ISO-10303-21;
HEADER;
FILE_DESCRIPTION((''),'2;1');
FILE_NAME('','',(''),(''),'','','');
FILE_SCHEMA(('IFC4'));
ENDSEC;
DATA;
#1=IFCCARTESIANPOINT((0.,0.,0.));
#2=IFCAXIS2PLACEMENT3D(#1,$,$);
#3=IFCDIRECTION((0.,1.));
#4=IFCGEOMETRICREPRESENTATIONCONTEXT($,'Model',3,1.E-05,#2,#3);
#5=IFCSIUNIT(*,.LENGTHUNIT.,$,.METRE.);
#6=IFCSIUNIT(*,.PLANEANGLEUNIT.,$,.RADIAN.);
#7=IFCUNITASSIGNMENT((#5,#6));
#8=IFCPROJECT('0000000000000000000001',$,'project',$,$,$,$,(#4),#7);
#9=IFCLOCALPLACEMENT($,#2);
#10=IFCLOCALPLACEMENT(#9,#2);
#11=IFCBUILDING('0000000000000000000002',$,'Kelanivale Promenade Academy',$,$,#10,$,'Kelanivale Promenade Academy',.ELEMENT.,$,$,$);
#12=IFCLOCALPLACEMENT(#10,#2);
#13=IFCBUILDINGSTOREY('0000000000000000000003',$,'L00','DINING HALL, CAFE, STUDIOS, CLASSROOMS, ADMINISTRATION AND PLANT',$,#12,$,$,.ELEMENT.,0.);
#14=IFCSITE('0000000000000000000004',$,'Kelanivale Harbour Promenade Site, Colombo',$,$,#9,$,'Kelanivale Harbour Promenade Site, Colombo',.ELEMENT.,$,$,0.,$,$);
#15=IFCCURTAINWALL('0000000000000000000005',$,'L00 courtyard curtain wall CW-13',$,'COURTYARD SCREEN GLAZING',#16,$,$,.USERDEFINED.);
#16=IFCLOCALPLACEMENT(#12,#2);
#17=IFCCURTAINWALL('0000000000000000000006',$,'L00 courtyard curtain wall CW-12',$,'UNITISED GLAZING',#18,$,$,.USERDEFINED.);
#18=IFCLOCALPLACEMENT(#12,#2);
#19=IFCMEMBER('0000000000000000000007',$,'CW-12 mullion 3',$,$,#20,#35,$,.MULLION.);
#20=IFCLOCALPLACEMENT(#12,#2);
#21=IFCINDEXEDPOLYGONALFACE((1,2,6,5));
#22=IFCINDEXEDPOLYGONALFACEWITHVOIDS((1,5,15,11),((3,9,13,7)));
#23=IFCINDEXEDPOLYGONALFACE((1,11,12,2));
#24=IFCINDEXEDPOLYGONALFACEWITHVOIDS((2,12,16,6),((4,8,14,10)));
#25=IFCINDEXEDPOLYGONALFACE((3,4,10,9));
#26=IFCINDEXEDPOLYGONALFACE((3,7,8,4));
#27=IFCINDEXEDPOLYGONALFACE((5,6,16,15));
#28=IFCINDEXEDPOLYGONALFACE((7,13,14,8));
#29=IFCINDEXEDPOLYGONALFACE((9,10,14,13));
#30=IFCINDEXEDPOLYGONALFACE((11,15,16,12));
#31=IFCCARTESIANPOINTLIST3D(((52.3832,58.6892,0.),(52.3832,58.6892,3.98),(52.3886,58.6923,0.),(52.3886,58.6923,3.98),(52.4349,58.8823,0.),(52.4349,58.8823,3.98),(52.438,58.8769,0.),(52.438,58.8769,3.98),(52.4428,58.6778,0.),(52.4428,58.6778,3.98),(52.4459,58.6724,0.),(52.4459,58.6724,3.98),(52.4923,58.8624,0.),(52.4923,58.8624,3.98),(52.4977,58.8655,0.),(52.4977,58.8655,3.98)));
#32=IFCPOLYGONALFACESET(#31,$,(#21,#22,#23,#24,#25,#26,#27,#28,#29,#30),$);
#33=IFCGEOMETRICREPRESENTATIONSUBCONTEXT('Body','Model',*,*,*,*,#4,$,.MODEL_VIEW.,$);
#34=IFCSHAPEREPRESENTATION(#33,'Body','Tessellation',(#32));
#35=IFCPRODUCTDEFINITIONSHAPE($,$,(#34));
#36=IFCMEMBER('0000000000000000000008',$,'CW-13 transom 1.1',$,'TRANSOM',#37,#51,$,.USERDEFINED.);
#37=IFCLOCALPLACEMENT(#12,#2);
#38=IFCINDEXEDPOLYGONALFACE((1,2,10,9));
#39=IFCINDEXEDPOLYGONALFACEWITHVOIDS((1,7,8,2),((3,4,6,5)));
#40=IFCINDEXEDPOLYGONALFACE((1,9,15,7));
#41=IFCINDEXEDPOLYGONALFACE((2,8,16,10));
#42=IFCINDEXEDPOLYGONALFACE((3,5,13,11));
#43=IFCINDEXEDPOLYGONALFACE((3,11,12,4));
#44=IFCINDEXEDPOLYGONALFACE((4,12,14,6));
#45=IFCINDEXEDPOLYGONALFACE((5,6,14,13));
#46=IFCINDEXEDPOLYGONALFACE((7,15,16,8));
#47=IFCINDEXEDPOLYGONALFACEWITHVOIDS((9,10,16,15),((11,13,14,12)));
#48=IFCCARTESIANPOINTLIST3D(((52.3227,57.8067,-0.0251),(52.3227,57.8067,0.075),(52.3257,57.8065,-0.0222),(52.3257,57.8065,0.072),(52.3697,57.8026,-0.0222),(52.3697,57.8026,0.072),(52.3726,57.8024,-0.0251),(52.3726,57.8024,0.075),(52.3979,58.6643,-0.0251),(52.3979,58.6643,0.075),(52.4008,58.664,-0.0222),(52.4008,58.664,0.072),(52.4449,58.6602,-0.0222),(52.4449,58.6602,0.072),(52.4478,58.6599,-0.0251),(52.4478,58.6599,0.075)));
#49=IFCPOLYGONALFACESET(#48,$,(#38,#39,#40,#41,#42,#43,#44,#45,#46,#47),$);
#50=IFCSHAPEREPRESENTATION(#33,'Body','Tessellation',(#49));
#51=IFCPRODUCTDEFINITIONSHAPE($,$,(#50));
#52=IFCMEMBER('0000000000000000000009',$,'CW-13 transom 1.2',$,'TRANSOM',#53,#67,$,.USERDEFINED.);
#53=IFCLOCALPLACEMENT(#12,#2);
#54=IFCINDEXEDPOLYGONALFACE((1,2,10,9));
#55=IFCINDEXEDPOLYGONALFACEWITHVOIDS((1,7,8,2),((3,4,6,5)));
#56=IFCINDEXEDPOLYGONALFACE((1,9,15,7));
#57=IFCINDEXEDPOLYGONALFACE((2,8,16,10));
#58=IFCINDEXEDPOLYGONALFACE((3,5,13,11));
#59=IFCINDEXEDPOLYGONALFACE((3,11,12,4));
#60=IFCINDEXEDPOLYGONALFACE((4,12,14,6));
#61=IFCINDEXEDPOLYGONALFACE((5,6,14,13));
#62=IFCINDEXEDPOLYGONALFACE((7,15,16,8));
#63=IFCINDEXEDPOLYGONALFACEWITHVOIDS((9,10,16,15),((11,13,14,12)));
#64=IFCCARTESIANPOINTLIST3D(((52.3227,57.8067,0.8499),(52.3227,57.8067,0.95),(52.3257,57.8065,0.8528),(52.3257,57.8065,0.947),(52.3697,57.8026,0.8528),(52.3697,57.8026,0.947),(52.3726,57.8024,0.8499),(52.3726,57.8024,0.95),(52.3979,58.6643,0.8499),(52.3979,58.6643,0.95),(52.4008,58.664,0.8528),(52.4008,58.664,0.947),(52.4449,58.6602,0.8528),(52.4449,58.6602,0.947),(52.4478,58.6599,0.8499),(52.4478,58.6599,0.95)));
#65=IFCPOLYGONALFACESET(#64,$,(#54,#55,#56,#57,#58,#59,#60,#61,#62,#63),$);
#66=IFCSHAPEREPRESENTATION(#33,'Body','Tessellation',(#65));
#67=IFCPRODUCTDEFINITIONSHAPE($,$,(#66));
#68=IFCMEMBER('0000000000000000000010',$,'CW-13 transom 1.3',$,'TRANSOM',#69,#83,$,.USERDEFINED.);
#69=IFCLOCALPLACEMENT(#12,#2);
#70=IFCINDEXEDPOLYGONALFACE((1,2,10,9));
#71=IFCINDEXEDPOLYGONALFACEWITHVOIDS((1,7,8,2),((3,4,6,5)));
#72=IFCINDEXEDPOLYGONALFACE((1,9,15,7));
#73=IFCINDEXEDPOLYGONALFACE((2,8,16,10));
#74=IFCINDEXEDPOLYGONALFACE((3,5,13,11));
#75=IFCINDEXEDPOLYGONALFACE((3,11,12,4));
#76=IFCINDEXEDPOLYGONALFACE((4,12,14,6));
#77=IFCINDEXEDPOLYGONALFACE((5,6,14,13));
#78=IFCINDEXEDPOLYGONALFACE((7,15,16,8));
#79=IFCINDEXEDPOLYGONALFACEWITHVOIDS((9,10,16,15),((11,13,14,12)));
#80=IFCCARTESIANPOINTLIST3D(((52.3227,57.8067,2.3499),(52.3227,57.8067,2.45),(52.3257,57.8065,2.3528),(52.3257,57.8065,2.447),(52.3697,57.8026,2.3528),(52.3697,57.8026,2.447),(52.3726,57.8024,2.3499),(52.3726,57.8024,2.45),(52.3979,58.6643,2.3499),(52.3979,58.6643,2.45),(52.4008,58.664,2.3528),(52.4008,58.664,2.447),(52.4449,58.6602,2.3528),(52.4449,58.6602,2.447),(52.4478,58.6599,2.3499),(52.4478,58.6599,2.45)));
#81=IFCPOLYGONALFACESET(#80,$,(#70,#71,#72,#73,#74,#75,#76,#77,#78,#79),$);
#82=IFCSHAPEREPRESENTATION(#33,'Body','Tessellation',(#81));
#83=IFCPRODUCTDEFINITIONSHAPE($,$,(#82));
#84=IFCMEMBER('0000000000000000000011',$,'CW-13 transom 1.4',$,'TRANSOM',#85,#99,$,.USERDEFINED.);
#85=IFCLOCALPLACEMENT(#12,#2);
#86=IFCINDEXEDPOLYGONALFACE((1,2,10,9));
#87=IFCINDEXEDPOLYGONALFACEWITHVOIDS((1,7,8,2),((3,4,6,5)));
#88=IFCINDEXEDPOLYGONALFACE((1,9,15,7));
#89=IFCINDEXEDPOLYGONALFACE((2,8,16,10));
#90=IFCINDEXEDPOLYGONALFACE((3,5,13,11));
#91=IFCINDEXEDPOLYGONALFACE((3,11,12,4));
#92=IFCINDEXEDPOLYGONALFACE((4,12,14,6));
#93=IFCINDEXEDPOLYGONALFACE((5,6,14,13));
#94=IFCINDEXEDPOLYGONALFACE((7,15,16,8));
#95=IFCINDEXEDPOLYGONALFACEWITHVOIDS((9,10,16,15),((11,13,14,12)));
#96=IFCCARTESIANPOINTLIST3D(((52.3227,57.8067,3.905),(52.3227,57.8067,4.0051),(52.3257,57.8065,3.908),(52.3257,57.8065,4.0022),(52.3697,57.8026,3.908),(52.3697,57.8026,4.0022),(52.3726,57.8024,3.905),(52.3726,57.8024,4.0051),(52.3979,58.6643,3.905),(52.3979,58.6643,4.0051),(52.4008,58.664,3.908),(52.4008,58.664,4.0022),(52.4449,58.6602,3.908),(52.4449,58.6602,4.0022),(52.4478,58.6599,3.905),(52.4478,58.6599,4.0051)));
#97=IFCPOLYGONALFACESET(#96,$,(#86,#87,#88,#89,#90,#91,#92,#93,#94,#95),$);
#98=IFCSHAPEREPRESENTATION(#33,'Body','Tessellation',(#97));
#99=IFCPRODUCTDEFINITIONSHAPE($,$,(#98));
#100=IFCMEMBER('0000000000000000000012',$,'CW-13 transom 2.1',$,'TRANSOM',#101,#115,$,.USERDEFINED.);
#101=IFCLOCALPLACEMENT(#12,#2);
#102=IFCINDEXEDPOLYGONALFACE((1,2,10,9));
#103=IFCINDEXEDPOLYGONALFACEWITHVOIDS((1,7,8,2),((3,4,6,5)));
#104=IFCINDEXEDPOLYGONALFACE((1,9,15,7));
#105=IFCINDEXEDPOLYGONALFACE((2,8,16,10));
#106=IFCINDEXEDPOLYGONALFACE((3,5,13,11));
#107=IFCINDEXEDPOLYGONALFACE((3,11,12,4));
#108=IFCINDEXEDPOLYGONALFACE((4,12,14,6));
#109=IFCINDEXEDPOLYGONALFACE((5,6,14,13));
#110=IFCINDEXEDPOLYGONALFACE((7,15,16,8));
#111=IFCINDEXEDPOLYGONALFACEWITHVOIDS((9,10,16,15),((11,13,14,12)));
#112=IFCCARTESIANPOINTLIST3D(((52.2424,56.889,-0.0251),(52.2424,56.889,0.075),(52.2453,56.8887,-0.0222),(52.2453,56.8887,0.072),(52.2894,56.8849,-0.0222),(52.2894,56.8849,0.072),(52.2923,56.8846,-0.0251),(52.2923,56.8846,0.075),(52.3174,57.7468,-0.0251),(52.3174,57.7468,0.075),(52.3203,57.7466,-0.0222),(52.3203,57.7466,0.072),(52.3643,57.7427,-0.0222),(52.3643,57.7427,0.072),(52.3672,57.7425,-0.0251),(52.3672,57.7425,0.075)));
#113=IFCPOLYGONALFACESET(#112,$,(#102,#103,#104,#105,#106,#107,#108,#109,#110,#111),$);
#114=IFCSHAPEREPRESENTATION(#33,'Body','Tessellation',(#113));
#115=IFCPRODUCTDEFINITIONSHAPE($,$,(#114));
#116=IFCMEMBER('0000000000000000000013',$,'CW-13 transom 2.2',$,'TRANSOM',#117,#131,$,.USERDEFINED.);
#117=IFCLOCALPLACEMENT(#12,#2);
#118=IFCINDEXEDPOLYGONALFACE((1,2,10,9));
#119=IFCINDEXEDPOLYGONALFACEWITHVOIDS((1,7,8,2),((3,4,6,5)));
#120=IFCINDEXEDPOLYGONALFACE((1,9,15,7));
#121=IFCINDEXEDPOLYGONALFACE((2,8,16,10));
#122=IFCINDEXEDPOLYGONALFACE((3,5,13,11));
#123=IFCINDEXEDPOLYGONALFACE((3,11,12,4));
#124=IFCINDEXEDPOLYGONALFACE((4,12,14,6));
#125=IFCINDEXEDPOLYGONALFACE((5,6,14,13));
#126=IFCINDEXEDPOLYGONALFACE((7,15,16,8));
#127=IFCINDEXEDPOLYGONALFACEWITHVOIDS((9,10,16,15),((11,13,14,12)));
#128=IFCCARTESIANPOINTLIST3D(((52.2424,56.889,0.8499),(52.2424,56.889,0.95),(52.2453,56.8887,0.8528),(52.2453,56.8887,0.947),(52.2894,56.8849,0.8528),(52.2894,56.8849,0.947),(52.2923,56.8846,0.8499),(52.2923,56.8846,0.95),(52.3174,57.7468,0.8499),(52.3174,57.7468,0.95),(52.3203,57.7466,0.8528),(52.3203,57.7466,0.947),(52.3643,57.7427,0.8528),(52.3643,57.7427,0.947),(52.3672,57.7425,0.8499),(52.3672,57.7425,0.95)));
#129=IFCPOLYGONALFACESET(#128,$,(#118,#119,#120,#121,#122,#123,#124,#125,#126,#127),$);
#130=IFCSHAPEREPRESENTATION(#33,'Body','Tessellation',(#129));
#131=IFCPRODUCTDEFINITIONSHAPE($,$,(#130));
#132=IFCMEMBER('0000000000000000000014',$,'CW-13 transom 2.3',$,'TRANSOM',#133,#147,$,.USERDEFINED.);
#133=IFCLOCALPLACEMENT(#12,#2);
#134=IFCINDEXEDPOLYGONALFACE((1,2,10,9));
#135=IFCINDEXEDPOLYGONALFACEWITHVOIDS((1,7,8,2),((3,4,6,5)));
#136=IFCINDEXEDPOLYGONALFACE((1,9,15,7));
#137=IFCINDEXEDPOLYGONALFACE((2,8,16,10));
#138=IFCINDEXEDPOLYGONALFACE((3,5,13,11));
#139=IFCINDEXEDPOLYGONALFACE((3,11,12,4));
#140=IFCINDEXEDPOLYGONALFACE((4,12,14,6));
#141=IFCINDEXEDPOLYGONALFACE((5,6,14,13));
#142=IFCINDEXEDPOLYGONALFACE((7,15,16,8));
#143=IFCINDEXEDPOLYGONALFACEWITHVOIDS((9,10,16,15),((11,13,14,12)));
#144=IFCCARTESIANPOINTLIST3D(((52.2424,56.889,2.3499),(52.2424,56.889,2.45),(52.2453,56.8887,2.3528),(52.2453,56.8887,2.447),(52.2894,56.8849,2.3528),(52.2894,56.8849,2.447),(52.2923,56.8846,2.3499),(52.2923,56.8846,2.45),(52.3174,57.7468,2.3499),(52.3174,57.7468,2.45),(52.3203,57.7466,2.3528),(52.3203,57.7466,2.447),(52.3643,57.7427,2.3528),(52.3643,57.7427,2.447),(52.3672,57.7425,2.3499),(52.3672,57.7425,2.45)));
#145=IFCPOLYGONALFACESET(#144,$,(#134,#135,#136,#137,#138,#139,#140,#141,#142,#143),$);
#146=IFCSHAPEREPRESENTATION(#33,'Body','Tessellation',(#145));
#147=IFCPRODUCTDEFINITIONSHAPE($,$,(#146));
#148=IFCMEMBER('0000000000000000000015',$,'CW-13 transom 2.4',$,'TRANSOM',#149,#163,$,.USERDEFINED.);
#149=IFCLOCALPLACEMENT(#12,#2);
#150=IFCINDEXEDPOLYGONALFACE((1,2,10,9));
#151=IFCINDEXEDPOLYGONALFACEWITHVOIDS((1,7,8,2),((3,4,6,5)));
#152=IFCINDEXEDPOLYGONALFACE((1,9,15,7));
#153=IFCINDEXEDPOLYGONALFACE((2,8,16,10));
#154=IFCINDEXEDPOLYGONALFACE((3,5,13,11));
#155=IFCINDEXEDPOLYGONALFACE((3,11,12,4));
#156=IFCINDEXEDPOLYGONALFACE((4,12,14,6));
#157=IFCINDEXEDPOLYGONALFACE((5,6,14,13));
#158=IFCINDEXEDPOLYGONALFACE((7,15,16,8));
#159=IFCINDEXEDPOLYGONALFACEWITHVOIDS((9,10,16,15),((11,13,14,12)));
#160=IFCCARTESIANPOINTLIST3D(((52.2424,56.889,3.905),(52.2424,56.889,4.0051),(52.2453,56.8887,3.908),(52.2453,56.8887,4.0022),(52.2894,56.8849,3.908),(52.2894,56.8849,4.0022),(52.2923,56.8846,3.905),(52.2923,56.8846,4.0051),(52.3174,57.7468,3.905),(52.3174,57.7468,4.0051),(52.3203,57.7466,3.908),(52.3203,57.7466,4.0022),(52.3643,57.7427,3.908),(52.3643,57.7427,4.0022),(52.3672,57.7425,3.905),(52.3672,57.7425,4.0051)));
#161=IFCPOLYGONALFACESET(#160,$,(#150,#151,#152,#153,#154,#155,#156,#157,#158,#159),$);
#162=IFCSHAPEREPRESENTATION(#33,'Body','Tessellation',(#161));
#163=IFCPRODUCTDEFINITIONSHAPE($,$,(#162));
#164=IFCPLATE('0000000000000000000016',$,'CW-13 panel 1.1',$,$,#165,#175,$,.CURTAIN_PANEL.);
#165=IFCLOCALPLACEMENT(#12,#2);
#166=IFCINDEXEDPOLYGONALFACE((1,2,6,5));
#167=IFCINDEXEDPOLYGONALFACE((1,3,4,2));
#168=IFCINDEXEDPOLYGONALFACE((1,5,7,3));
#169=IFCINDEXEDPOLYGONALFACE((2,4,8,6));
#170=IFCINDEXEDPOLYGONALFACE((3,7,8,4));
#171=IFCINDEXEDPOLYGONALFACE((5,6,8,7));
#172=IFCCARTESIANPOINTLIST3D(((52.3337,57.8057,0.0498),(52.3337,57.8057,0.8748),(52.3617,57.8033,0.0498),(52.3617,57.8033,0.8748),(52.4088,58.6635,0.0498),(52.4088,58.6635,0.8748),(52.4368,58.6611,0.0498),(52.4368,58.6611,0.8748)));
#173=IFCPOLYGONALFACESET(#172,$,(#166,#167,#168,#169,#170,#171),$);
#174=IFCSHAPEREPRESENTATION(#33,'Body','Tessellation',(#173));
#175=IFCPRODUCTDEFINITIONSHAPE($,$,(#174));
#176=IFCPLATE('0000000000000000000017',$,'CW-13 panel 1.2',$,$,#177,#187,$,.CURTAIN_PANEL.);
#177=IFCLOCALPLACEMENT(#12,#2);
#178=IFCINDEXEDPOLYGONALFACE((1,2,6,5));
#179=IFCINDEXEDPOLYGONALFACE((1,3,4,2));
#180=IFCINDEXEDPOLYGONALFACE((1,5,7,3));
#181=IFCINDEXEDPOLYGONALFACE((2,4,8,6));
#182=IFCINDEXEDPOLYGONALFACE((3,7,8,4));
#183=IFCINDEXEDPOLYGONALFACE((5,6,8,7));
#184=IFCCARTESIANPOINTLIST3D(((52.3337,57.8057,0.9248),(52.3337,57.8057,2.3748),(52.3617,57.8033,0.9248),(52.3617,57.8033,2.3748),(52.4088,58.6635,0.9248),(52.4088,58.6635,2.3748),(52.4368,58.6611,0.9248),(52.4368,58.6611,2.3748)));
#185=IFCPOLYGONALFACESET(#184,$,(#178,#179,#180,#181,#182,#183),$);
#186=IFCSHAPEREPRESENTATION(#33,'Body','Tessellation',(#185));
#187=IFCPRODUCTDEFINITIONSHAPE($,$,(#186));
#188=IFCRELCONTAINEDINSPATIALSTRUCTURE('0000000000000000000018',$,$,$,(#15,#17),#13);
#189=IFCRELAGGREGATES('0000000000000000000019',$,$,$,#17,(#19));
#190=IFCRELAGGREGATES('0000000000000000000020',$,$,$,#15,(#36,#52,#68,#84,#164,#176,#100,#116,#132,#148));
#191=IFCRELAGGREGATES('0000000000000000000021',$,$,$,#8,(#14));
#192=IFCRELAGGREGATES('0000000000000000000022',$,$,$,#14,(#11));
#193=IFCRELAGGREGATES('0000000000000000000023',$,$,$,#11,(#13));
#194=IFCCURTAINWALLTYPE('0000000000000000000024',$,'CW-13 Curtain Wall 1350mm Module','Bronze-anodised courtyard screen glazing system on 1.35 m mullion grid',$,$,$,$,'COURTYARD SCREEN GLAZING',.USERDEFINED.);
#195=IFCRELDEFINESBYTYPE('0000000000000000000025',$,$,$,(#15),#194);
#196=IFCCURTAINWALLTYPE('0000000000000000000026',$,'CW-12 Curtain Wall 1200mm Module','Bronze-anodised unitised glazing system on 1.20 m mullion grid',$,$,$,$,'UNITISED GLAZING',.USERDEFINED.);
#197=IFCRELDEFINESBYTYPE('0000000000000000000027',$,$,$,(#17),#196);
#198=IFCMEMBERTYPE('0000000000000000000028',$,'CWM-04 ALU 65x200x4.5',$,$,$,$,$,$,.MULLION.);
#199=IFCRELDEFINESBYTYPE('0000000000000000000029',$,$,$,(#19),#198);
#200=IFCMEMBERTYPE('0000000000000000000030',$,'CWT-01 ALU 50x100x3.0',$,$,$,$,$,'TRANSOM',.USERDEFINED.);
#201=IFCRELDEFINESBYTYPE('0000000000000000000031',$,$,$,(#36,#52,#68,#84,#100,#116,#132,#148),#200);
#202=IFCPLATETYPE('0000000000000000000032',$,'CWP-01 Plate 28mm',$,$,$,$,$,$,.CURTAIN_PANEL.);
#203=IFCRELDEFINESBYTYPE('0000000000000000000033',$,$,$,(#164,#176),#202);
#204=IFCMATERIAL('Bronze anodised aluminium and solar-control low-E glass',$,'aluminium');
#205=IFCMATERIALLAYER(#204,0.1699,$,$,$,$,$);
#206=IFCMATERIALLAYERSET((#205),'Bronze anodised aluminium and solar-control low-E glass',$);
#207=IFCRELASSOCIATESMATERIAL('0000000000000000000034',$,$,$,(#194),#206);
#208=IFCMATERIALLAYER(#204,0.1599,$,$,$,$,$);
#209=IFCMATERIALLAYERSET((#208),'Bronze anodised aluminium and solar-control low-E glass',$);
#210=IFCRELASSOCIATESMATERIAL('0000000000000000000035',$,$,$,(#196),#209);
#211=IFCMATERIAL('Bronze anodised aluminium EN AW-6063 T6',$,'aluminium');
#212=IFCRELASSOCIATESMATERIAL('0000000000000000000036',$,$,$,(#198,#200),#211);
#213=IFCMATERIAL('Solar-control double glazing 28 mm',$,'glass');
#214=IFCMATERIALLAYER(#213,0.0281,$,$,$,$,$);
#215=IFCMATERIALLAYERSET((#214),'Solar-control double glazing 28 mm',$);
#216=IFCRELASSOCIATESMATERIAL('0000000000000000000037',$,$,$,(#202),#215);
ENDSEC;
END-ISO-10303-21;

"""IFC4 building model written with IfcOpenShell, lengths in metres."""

from ifc_helpers import new_model, si_unit, direction, frame, origin, origin_2d, place, context, subcontext, project, spatial, rectangle, hollow_rectangle, extrude, material, layer, layer_set, material_profile, profile_set, type_object, element, aggregate, save


model = new_model("IFC4")

# Units and contexts
model_context = context("Model", 3, precision=1e-05, world=origin(), true_north=direction((0.0, 1.0)))
body_context = subcontext(model_context, "Body", "Model", "MODEL_VIEW")
ifc_project = project(units=[si_unit("LENGTHUNIT", "METRE"), si_unit("PLANEANGLEUNIT", "RADIAN")], contexts=[model_context])

# Site, building, storey
site_placement = place(None, origin())
site = spatial("IfcSite", under=ifc_project, at=site_placement, Name="Kelanivale Harbour Promenade Site, Colombo", LongName="Kelanivale Harbour Promenade Site, Colombo", CompositionType="ELEMENT", RefElevation=0.0)
building_placement = place(site_placement, origin())
building = spatial("IfcBuilding", under=site, at=building_placement, Name="Kelanivale Promenade Academy", LongName="Kelanivale Promenade Academy", CompositionType="ELEMENT")
storey_placement = place(building_placement, origin())
storey = spatial("IfcBuildingStorey", under=building, at=storey_placement, Name="L00", Description="DINING HALL, CAFE, STUDIOS, CLASSROOMS, ADMINISTRATION AND PLANT", CompositionType="ELEMENT", Elevation=0.0)

# Curtain wall
ifc_material_1 = material(Name="Bronze anodised aluminium and solar-control low-E glass", Category="aluminium")
ifc_layer_1 = layer(ifc_material_1, 0.1699)
ifc_layer_set_1 = layer_set([ifc_layer_1], Name="Bronze anodised aluminium and solar-control low-E glass")
curtain_wall_type_1 = type_object("IfcCurtainWallType", Name="CW-13 Curtain Wall 1350mm Module", Description="Bronze-anodised courtyard screen glazing system on 1.35 m mullion grid", ElementType="COURTYARD SCREEN GLAZING", PredefinedType="USERDEFINED", material=ifc_layer_set_1)
curtain_wall_1_placement = place(storey_placement, origin())
curtain_wall_1 = element("IfcCurtainWall", 1, at=curtain_wall_1_placement, inside=storey, type_object=curtain_wall_type_1, Name="L00 courtyard curtain wall CW-13", ObjectType="COURTYARD SCREEN GLAZING", PredefinedType="USERDEFINED")
ifc_material_2 = material(Name="Bronze anodised aluminium EN AW-6063 T6", Category="aluminium")

# Curtain wall, member
ifc_layer_2 = layer(ifc_material_1, 0.1599)
ifc_layer_set_2 = layer_set([ifc_layer_2], Name="Bronze anodised aluminium and solar-control low-E glass")
curtain_wall_type_2 = type_object("IfcCurtainWallType", Name="CW-12 Curtain Wall 1200mm Module", Description="Bronze-anodised unitised glazing system on 1.20 m mullion grid", ElementType="UNITISED GLAZING", PredefinedType="USERDEFINED", material=ifc_layer_set_2)
curtain_wall_2_placement = place(storey_placement, origin())
curtain_wall_2 = element("IfcCurtainWall", 2, at=curtain_wall_2_placement, inside=storey, type_object=curtain_wall_type_2, Name="L00 courtyard curtain wall CW-12", ObjectType="UNITISED GLAZING", PredefinedType="USERDEFINED")
ifc_material_profile_1 = material_profile(ifc_material_2, hollow_rectangle(XDim=0.0649, YDim=0.2, WallThickness=0.0044, at=origin_2d()), Name="ALU 65x200x4.5")
ifc_profile_set_1 = profile_set([ifc_material_profile_1], Name="Bronze anodised aluminium EN AW-6063 T6")
member_type_1 = type_object("IfcMemberType", Name="CWM-04 ALU 65x200x4.5", PredefinedType="MULLION", material=ifc_profile_set_1)
member_1_placement = place(storey_placement, frame((52.4404, 58.7773, 0.0), z_axis=(0.0, 0.0, 1.0), x_axis=(0.965957, -0.258701, 0.0)))
member_1 = element("IfcMember", 3, at=member_1_placement, type_object=member_type_1, Name="CW-12 mullion 3", PredefinedType="MULLION", context=body_context, shape_type="SweptSolid", body=[
    extrude(hollow_rectangle(XDim=0.0649, YDim=0.2, WallThickness=0.0044, at=origin_2d()), origin(), (0.0, 0.0, 1.0), 3.98),
])
aggregate(curtain_wall_2, [member_1])

# Members
ifc_material_profile_2 = material_profile(ifc_material_2, hollow_rectangle(XDim=0.05, YDim=0.1001, WallThickness=0.0029, at=origin_2d()), Name="ALU 50x100x3.0")
ifc_profile_set_2 = profile_set([ifc_material_profile_2], Name="Bronze anodised aluminium EN AW-6063 T6")
member_type_2 = type_object("IfcMemberType", Name="CWT-01 ALU 50x100x3.0", ElementType="TRANSOM", PredefinedType="USERDEFINED", material=ifc_profile_set_2)
member_2_placement = place(storey_placement, frame((52.4229, 58.6621, 0.0249), z_axis=(-0.087339, -0.996179, 0.0), x_axis=(0.996179, -0.087339, 0.0)))
member_2 = element("IfcMember", 4, at=member_2_placement, type_object=member_type_2, Name="CW-13 transom 1.1", ObjectType="TRANSOM", PredefinedType="USERDEFINED", context=body_context, shape_type="SweptSolid", body=[
    extrude(hollow_rectangle(XDim=0.05, YDim=0.1001, WallThickness=0.0029, at=origin_2d()), origin(), (0.0, 0.0, 1.0), 0.8608),
])
member_3_placement = place(storey_placement, frame((52.4229, 58.6621, 0.8999), z_axis=(-0.087339, -0.996179, 0.0), x_axis=(0.996179, -0.087339, 0.0)))
member_3 = element("IfcMember", 5, at=member_3_placement, type_object=member_type_2, Name="CW-13 transom 1.2", ObjectType="TRANSOM", PredefinedType="USERDEFINED", context=body_context, shape_type="SweptSolid", body=[
    extrude(hollow_rectangle(XDim=0.05, YDim=0.1001, WallThickness=0.0029, at=origin_2d()), origin(), (0.0, 0.0, 1.0), 0.8608),
])
member_4_placement = place(storey_placement, frame((52.4229, 58.6621, 2.3999), z_axis=(-0.087339, -0.996179, 0.0), x_axis=(0.996179, -0.087339, 0.0)))
member_4 = element("IfcMember", 6, at=member_4_placement, type_object=member_type_2, Name="CW-13 transom 1.3", ObjectType="TRANSOM", PredefinedType="USERDEFINED", context=body_context, shape_type="SweptSolid", body=[
    extrude(hollow_rectangle(XDim=0.05, YDim=0.1001, WallThickness=0.0029, at=origin_2d()), origin(), (0.0, 0.0, 1.0), 0.8608),
])
member_5_placement = place(storey_placement, frame((52.4229, 58.6621, 3.9551), z_axis=(-0.087339, -0.996179, 0.0), x_axis=(0.996179, -0.087339, 0.0)))
member_5 = element("IfcMember", 7, at=member_5_placement, type_object=member_type_2, Name="CW-13 transom 1.4", ObjectType="TRANSOM", PredefinedType="USERDEFINED", context=body_context, shape_type="SweptSolid", body=[
    extrude(hollow_rectangle(XDim=0.05, YDim=0.1001, WallThickness=0.0029, at=origin_2d()), origin(), (0.0, 0.0, 1.0), 0.8608),
])
member_6_placement = place(storey_placement, frame((52.3423, 57.7446, 0.0249), z_axis=(-0.087033, -0.996205, 0.0), x_axis=(0.996205, -0.087033, 0.0)))
member_6 = element("IfcMember", 8, at=member_6_placement, type_object=member_type_2, Name="CW-13 transom 2.1", ObjectType="TRANSOM", PredefinedType="USERDEFINED", context=body_context, shape_type="SweptSolid", body=[
    extrude(hollow_rectangle(XDim=0.05, YDim=0.1001, WallThickness=0.0029, at=origin_2d()), origin(), (0.0, 0.0, 1.0), 0.8611),
])
member_7_placement = place(storey_placement, frame((52.3423, 57.7446, 0.8999), z_axis=(-0.087033, -0.996205, 0.0), x_axis=(0.996205, -0.087033, 0.0)))
member_7 = element("IfcMember", 9, at=member_7_placement, type_object=member_type_2, Name="CW-13 transom 2.2", ObjectType="TRANSOM", PredefinedType="USERDEFINED", context=body_context, shape_type="SweptSolid", body=[
    extrude(hollow_rectangle(XDim=0.05, YDim=0.1001, WallThickness=0.0029, at=origin_2d()), origin(), (0.0, 0.0, 1.0), 0.8611),
])
member_8_placement = place(storey_placement, frame((52.3423, 57.7446, 2.3999), z_axis=(-0.087033, -0.996205, 0.0), x_axis=(0.996205, -0.087033, 0.0)))
member_8 = element("IfcMember", 10, at=member_8_placement, type_object=member_type_2, Name="CW-13 transom 2.3", ObjectType="TRANSOM", PredefinedType="USERDEFINED", context=body_context, shape_type="SweptSolid", body=[
    extrude(hollow_rectangle(XDim=0.05, YDim=0.1001, WallThickness=0.0029, at=origin_2d()), origin(), (0.0, 0.0, 1.0), 0.8611),
])
member_9_placement = place(storey_placement, frame((52.3423, 57.7446, 3.9551), z_axis=(-0.087033, -0.996205, 0.0), x_axis=(0.996205, -0.087033, 0.0)))
member_9 = element("IfcMember", 11, at=member_9_placement, type_object=member_type_2, Name="CW-13 transom 2.4", ObjectType="TRANSOM", PredefinedType="USERDEFINED", context=body_context, shape_type="SweptSolid", body=[
    extrude(hollow_rectangle(XDim=0.05, YDim=0.1001, WallThickness=0.0029, at=origin_2d()), origin(), (0.0, 0.0, 1.0), 0.8611),
])

# Plates
ifc_material_3 = material(Name="Solar-control double glazing 28 mm", Category="glass")
ifc_layer_3 = layer(ifc_material_3, 0.0281)
ifc_layer_set_3 = layer_set([ifc_layer_3], Name="Solar-control double glazing 28 mm")
plate_type = type_object("IfcPlateType", Name="CWP-01 Plate 28mm", PredefinedType="CURTAIN_PANEL", material=ifc_layer_set_3)
plate_1_placement = place(storey_placement, frame((52.3853, 58.2334, 0.0498), z_axis=(0.0, 0.0, 1.0), x_axis=(-0.087265, -0.996185, 0.0)))
plate_1 = element("IfcPlate", 12, at=plate_1_placement, type_object=plate_type, Name="CW-13 panel 1.1", PredefinedType="CURTAIN_PANEL", context=body_context, shape_type="SweptSolid", body=[
    extrude(rectangle(XDim=0.8611, YDim=0.0281, at=origin_2d()), origin(), (0.0, 0.0, 1.0), 0.825),
])
plate_2_placement = place(storey_placement, frame((52.3853, 58.2334, 0.9248), z_axis=(0.0, 0.0, 1.0), x_axis=(-0.087265, -0.996185, 0.0)))
plate_2 = element("IfcPlate", 13, at=plate_2_placement, type_object=plate_type, Name="CW-13 panel 1.2", PredefinedType="CURTAIN_PANEL", context=body_context, shape_type="SweptSolid", body=[
    extrude(rectangle(XDim=0.8611, YDim=0.0281, at=origin_2d()), origin(), (0.0, 0.0, 1.0), 1.45),
])
aggregate(curtain_wall_1, [member_2, member_3, member_4, member_5, plate_1, plate_2, member_6, member_7, member_8, member_9])

save(model, "model.ifc")
